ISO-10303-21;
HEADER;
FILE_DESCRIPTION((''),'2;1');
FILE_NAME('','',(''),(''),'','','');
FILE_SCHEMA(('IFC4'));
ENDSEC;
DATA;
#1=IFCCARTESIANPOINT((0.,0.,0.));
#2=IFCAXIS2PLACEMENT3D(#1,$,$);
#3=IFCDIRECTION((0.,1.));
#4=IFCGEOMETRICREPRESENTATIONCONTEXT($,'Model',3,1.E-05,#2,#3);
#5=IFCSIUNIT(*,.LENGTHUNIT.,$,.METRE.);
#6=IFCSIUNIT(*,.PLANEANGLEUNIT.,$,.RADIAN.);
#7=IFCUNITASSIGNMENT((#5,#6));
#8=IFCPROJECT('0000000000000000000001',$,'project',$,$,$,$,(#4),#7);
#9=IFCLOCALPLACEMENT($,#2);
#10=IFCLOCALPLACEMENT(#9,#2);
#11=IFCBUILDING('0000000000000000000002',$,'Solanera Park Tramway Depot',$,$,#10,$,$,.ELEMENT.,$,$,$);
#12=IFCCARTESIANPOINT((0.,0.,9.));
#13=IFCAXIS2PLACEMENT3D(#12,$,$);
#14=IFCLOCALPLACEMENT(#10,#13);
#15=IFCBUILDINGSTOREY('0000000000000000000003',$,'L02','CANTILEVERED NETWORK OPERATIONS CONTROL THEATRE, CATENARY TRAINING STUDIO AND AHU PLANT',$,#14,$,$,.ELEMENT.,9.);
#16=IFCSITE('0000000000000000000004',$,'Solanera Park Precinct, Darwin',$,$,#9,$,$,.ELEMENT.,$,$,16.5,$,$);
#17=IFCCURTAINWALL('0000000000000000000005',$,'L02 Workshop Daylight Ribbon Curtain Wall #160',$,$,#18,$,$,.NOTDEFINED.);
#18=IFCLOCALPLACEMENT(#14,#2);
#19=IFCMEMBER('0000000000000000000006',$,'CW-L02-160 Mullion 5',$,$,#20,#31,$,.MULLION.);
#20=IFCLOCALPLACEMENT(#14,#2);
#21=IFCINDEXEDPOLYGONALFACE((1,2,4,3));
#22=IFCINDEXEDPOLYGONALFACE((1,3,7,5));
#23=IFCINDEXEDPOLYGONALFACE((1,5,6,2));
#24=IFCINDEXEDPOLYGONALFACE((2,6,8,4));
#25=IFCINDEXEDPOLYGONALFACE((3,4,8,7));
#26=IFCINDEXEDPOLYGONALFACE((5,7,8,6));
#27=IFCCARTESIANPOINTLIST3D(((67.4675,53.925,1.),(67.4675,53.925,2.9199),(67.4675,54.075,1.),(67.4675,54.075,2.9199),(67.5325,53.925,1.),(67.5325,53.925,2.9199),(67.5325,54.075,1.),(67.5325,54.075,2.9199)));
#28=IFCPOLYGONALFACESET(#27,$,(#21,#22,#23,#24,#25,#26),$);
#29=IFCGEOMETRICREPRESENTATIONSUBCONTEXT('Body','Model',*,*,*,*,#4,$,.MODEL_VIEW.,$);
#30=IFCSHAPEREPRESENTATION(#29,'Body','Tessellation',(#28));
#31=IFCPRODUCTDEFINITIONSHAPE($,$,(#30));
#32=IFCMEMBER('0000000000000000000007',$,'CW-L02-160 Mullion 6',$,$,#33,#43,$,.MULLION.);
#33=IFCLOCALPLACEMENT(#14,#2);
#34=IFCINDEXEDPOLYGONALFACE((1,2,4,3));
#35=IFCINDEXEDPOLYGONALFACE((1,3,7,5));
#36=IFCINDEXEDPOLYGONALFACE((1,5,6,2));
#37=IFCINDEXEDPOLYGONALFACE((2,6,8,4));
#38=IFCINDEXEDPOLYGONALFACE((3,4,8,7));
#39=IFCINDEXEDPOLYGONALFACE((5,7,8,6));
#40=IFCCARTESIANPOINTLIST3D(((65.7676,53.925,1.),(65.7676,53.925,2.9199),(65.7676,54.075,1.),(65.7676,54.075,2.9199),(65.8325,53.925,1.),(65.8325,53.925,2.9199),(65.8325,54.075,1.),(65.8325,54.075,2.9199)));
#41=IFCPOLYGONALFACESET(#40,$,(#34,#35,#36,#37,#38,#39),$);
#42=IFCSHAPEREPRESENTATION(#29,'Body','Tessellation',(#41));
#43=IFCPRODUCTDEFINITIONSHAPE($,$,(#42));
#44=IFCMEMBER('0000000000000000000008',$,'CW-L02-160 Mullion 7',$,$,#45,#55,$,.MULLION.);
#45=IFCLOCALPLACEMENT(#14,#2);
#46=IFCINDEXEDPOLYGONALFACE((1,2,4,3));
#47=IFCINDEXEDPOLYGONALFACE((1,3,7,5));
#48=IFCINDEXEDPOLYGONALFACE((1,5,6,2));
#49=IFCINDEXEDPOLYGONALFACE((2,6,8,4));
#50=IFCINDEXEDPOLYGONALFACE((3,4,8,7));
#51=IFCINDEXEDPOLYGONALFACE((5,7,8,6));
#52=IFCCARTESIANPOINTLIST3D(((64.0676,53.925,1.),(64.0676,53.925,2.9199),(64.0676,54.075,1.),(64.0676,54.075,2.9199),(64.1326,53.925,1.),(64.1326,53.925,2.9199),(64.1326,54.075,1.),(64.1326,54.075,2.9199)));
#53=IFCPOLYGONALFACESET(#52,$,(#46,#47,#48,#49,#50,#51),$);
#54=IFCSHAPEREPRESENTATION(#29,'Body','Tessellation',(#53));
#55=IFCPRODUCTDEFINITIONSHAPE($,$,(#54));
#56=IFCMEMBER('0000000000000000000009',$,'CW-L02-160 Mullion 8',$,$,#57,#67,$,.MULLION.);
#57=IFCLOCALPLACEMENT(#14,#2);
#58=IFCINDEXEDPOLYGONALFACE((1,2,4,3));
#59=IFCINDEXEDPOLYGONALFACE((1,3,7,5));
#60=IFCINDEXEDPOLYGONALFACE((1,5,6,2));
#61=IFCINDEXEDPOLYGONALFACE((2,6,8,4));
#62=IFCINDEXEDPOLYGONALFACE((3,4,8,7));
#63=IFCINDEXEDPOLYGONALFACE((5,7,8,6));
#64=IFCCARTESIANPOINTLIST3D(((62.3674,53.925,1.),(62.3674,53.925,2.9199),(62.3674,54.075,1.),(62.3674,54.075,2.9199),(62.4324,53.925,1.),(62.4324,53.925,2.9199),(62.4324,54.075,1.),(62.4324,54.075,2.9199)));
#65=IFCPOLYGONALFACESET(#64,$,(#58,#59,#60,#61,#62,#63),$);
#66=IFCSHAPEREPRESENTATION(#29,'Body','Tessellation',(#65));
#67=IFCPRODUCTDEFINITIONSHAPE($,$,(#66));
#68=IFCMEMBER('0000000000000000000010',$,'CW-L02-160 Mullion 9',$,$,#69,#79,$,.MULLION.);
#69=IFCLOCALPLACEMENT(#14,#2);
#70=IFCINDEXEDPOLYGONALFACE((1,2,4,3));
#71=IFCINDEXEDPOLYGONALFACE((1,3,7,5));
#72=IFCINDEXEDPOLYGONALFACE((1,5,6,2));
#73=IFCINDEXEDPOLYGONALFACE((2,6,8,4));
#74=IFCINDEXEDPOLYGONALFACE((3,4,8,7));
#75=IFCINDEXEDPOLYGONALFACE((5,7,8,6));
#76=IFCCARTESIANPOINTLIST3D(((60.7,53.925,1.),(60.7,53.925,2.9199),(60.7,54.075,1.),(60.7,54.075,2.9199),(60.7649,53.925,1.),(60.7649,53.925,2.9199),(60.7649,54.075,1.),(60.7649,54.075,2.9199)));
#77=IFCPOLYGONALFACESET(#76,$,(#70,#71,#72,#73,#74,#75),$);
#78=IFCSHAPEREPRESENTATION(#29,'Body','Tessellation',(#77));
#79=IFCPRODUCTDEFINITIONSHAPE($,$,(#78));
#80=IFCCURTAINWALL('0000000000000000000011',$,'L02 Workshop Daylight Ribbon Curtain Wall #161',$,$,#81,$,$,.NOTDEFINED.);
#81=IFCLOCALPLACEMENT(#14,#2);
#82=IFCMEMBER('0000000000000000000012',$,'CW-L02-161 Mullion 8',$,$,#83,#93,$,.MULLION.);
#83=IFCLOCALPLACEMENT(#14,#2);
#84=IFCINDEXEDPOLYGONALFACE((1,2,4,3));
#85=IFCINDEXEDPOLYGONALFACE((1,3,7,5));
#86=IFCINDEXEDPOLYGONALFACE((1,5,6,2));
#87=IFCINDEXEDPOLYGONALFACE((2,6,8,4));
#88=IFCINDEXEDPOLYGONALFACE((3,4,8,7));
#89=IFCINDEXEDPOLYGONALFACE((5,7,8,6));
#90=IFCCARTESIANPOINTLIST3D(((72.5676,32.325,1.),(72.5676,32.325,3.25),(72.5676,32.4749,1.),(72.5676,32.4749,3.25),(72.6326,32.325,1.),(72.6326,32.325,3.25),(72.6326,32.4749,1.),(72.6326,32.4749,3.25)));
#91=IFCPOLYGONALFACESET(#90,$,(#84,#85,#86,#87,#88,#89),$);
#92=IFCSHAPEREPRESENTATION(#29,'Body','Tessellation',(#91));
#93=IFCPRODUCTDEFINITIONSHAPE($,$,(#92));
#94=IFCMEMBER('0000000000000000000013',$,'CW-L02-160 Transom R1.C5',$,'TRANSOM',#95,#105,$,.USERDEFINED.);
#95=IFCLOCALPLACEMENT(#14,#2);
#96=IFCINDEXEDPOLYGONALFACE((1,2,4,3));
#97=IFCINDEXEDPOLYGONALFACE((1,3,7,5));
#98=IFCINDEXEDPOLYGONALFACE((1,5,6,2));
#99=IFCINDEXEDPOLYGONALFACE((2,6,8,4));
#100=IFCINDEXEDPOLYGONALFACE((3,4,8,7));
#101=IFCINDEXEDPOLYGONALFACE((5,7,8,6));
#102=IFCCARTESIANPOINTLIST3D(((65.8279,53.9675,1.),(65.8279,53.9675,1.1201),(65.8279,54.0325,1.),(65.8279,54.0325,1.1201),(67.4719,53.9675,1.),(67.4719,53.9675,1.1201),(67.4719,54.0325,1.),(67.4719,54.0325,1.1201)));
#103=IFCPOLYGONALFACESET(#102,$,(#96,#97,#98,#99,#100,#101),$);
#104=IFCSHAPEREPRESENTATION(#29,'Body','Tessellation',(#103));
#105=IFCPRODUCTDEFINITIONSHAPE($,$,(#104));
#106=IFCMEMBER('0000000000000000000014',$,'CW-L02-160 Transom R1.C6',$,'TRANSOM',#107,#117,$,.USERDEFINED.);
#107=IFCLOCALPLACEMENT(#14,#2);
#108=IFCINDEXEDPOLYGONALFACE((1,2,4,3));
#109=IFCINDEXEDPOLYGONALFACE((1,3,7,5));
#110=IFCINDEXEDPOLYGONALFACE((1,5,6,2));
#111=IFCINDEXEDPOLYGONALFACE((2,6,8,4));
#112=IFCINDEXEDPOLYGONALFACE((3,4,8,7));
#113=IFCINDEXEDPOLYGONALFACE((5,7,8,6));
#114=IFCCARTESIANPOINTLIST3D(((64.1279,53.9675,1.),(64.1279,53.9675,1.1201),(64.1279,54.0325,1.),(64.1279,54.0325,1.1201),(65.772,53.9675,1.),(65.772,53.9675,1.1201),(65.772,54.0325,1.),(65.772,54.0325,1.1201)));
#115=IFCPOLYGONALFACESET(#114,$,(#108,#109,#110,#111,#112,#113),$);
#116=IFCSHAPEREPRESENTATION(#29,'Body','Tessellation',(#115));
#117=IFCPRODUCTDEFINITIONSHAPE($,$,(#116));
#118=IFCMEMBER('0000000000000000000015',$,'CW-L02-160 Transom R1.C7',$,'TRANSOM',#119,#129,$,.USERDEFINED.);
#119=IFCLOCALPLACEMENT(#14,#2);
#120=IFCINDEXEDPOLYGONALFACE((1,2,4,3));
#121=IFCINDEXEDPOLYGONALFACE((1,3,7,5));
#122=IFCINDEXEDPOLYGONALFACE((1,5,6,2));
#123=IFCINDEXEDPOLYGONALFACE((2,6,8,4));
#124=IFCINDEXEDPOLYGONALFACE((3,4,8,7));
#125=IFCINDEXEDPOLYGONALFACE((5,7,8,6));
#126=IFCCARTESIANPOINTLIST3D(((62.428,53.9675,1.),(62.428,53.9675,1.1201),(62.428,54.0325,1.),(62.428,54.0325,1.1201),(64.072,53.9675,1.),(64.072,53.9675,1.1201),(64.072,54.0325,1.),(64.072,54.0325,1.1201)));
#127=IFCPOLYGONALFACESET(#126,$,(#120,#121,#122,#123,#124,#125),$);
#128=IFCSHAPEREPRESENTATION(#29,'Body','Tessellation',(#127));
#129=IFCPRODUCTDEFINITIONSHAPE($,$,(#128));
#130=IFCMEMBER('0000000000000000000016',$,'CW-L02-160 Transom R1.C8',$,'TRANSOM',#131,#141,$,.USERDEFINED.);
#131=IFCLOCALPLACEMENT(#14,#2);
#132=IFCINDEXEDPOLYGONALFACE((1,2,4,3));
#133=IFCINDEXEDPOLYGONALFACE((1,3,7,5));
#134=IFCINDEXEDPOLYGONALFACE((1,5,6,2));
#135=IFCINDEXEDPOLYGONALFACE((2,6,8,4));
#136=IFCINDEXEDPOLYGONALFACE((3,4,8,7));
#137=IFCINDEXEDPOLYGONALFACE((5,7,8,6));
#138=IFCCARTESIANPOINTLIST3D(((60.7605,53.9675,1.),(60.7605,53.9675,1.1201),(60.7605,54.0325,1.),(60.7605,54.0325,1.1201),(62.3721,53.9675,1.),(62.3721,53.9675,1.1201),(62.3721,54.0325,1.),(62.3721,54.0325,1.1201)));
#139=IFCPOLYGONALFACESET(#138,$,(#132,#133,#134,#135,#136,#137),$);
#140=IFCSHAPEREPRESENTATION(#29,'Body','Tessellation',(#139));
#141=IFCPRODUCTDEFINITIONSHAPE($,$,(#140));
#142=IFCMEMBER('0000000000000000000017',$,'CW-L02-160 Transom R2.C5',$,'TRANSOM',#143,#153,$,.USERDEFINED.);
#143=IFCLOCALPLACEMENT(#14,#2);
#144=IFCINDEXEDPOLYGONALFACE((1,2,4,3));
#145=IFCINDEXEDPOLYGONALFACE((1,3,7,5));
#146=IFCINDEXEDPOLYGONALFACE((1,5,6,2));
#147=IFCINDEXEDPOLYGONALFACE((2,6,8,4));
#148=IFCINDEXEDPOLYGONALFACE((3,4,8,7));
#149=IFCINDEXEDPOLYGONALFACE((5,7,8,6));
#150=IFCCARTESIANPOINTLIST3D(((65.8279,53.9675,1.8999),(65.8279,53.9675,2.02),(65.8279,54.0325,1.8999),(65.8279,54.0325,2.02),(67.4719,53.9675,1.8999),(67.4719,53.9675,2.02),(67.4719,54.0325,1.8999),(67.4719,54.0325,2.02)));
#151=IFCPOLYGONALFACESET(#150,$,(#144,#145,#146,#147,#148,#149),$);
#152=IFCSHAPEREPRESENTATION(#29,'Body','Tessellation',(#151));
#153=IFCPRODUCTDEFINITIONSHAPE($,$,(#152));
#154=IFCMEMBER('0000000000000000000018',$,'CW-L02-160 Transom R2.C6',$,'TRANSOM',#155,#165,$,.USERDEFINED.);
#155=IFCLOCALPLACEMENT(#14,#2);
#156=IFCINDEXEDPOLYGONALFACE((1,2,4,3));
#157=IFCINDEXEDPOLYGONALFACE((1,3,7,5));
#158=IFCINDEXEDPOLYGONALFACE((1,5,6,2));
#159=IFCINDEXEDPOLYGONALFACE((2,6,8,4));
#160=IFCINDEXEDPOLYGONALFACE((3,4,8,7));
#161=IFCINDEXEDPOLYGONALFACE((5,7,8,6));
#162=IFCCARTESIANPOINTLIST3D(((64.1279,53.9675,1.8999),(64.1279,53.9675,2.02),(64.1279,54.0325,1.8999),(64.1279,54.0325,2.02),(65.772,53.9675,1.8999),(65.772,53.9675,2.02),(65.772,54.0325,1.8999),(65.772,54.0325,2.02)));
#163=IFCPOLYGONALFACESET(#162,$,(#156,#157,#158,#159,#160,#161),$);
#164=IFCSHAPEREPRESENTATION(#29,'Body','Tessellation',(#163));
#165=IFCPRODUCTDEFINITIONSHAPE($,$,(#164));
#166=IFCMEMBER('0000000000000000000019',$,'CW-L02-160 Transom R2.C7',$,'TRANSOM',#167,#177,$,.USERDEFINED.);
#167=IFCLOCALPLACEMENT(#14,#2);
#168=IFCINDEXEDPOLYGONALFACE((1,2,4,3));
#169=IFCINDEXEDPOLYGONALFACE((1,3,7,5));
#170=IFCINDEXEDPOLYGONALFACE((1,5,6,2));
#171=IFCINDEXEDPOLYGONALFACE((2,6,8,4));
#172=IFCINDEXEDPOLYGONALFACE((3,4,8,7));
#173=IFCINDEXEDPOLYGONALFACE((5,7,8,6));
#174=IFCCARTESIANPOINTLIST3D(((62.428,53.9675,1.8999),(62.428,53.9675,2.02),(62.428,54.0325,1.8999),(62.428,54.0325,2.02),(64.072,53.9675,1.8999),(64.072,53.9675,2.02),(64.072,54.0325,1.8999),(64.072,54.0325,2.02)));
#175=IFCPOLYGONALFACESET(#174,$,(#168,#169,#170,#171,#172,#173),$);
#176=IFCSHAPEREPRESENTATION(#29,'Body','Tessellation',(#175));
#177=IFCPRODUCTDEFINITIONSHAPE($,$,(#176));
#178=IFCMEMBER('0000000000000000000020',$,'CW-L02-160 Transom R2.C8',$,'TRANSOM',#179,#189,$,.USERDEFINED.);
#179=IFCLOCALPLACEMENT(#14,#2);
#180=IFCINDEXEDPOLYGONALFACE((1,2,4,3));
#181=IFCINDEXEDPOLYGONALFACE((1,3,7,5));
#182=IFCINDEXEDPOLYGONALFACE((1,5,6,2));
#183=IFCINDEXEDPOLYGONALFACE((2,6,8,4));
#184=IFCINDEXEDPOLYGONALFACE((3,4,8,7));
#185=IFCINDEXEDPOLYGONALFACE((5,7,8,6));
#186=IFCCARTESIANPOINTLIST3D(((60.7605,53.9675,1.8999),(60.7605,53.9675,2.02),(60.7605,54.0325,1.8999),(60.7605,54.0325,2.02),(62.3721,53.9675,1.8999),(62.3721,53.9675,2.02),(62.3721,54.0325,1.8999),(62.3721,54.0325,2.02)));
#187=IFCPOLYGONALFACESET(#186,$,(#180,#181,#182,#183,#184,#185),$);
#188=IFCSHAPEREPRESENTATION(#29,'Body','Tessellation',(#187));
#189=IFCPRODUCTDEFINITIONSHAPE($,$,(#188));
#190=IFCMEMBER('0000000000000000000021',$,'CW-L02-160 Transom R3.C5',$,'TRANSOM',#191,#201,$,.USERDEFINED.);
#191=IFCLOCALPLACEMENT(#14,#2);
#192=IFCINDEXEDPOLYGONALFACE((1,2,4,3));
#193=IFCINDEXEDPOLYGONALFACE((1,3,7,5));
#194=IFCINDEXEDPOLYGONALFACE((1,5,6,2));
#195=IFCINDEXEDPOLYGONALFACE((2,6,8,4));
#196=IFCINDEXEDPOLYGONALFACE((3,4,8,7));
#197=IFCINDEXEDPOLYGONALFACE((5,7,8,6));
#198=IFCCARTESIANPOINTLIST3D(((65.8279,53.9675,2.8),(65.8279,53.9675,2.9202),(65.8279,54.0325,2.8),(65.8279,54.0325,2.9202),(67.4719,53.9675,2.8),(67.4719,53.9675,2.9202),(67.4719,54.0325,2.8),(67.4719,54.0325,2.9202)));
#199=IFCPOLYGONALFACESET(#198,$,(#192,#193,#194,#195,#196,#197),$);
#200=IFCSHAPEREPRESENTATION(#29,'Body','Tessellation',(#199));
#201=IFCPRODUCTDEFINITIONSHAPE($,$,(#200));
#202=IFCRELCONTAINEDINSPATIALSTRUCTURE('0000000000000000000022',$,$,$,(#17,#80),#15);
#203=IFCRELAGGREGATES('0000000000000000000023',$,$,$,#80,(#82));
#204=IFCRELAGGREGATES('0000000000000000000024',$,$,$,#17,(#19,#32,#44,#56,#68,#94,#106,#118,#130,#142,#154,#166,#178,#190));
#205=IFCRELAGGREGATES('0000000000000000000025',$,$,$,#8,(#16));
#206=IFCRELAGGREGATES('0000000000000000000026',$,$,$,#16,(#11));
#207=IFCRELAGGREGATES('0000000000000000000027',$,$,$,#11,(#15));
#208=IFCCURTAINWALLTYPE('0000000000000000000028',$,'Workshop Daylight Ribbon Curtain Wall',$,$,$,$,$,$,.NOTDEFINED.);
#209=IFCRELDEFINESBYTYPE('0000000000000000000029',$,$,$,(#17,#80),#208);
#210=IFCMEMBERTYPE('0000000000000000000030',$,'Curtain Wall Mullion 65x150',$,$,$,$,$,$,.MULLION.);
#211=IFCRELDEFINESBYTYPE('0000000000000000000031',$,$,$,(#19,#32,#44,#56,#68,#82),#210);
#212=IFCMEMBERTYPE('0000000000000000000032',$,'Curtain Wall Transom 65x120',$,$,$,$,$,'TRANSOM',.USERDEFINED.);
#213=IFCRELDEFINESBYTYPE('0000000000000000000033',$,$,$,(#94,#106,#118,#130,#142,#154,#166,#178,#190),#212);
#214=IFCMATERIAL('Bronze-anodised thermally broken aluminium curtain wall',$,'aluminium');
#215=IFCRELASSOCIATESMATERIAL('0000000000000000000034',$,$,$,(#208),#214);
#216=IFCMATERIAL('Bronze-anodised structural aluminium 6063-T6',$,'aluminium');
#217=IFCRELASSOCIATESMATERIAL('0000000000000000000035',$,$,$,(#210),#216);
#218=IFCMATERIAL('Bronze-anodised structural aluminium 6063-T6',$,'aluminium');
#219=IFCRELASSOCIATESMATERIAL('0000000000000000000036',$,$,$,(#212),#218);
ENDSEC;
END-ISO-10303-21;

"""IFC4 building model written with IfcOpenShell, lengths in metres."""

from ifc_helpers import new_model, si_unit, direction, frame, origin, origin_2d, place, context, subcontext, project, spatial, rectangle, extrude, material, material_profile, profile_set, type_object, element, aggregate, save


model = new_model("IFC4")

# Units and contexts
model_context = context("Model", 3, precision=1e-05, world=origin(), true_north=direction((0.0, 1.0)))
body_context = subcontext(model_context, "Body", "Model", "MODEL_VIEW")
ifc_project = project(units=[si_unit("LENGTHUNIT", "METRE"), si_unit("PLANEANGLEUNIT", "RADIAN")], contexts=[model_context])

# Site, building, storey
site_placement = place(None, origin())
site = spatial("IfcSite", under=ifc_project, at=site_placement, Name="Solanera Park Precinct, Darwin", CompositionType="ELEMENT", RefElevation=16.5)
building_placement = place(site_placement, origin())
building = spatial("IfcBuilding", under=site, at=building_placement, Name="Solanera Park Tramway Depot", CompositionType="ELEMENT")
storey_placement = place(building_placement, frame((0.0, 0.0, 9.0)))
storey = spatial("IfcBuildingStorey", under=building, at=storey_placement, Name="L02", Description="CANTILEVERED NETWORK OPERATIONS CONTROL THEATRE, CATENARY TRAINING STUDIO AND AHU PLANT", CompositionType="ELEMENT", Elevation=9.0)

# Curtain wall, members
ifc_material_1 = material(Name="Bronze-anodised thermally broken aluminium curtain wall", Category="aluminium")
curtain_wall_type = type_object("IfcCurtainWallType", Name="Workshop Daylight Ribbon Curtain Wall", PredefinedType="NOTDEFINED", material=ifc_material_1)
curtain_wall_1_placement = place(storey_placement, origin())
curtain_wall_1 = element("IfcCurtainWall", 1, at=curtain_wall_1_placement, inside=storey, type_object=curtain_wall_type, Name="L02 Workshop Daylight Ribbon Curtain Wall #160", PredefinedType="NOTDEFINED")
ifc_material_2 = material(Name="Bronze-anodised structural aluminium 6063-T6", Category="aluminium")
ifc_material_profile_1 = material_profile(ifc_material_2, rectangle(XDim=0.0649, YDim=0.1499, at=origin_2d()), Name="Curtain Wall Mullion 65x150")
ifc_profile_set_1 = profile_set([ifc_material_profile_1], Name="Bronze-anodised structural aluminium 6063-T6")
member_type_1 = type_object("IfcMemberType", Name="Curtain Wall Mullion 65x150", PredefinedType="MULLION", material=ifc_profile_set_1)
member_1_placement = place(storey_placement, frame((67.5, 54.0, 1.0), z_axis=(0.0, 0.0, 1.0), x_axis=(1.0, 0.0, 0.0)))
member_1 = element("IfcMember", 2, at=member_1_placement, type_object=member_type_1, Name="CW-L02-160 Mullion 5", PredefinedType="MULLION", context=body_context, shape_type="SweptSolid", body=[
    extrude(rectangle(XDim=0.0649, YDim=0.1499, at=origin_2d()), origin(), (0.0, 0.0, 1.0), 1.9199),
])
member_2_placement = place(storey_placement, frame((65.8, 54.0, 1.0), z_axis=(0.0, 0.0, 1.0), x_axis=(1.0, 0.0, 0.0)))
member_2 = element("IfcMember", 3, at=member_2_placement, type_object=member_type_1, Name="CW-L02-160 Mullion 6", PredefinedType="MULLION", context=body_context, shape_type="SweptSolid", body=[
    extrude(rectangle(XDim=0.0649, YDim=0.1499, at=origin_2d()), origin(), (0.0, 0.0, 1.0), 1.9199),
])
member_3_placement = place(storey_placement, frame((64.1001, 54.0, 1.0), z_axis=(0.0, 0.0, 1.0), x_axis=(1.0, 0.0, 0.0)))
member_3 = element("IfcMember", 4, at=member_3_placement, type_object=member_type_1, Name="CW-L02-160 Mullion 7", PredefinedType="MULLION", context=body_context, shape_type="SweptSolid", body=[
    extrude(rectangle(XDim=0.0649, YDim=0.1499, at=origin_2d()), origin(), (0.0, 0.0, 1.0), 1.9199),
])
member_4_placement = place(storey_placement, frame((62.3999, 54.0, 1.0), z_axis=(0.0, 0.0, 1.0), x_axis=(1.0, 0.0, 0.0)))
member_4 = element("IfcMember", 5, at=member_4_placement, type_object=member_type_1, Name="CW-L02-160 Mullion 8", PredefinedType="MULLION", context=body_context, shape_type="SweptSolid", body=[
    extrude(rectangle(XDim=0.0649, YDim=0.1499, at=origin_2d()), origin(), (0.0, 0.0, 1.0), 1.9199),
])
member_5_placement = place(storey_placement, frame((60.7324, 54.0, 1.0), z_axis=(0.0, 0.0, 1.0), x_axis=(1.0, 0.0, 0.0)))
member_5 = element("IfcMember", 6, at=member_5_placement, type_object=member_type_1, Name="CW-L02-160 Mullion 9", PredefinedType="MULLION", context=body_context, shape_type="SweptSolid", body=[
    extrude(rectangle(XDim=0.0649, YDim=0.1499, at=origin_2d()), origin(), (0.0, 0.0, 1.0), 1.9199),
])

# Curtain wall, member
curtain_wall_2_placement = place(storey_placement, origin())
curtain_wall_2 = element("IfcCurtainWall", 7, at=curtain_wall_2_placement, inside=storey, type_object=curtain_wall_type, Name="L02 Workshop Daylight Ribbon Curtain Wall #161", PredefinedType="NOTDEFINED")
member_6_placement = place(storey_placement, frame((72.6001, 32.3999, 1.0), z_axis=(0.0, 0.0, 1.0), x_axis=(1.0, 0.0, 0.0)))
member_6 = element("IfcMember", 8, at=member_6_placement, type_object=member_type_1, Name="CW-L02-161 Mullion 8", PredefinedType="MULLION", context=body_context, shape_type="SweptSolid", body=[
    extrude(rectangle(XDim=0.0649, YDim=0.1499, at=origin_2d()), origin(), (0.0, 0.0, 1.0), 2.25),
])

# Members
ifc_material_3 = material(Name="Bronze-anodised structural aluminium 6063-T6", Category="aluminium")
ifc_material_profile_2 = material_profile(ifc_material_3, rectangle(XDim=0.0649, YDim=0.1201, at=origin_2d()), Name="Curtain Wall Transom 65x120")
ifc_profile_set_2 = profile_set([ifc_material_profile_2], Name="Bronze-anodised structural aluminium 6063-T6")
member_type_2 = type_object("IfcMemberType", Name="Curtain Wall Transom 65x120", ElementType="TRANSOM", PredefinedType="USERDEFINED", material=ifc_profile_set_2)
member_7_placement = place(storey_placement, frame((67.4719, 54.0, 1.0601), z_axis=(-1.0, 0.0, 0.0), x_axis=(0.0, -1.0, 0.0)))
member_7 = element("IfcMember", 9, at=member_7_placement, type_object=member_type_2, Name="CW-L02-160 Transom R1.C5", ObjectType="TRANSOM", PredefinedType="USERDEFINED", context=body_context, shape_type="SweptSolid", body=[
    extrude(rectangle(XDim=0.0649, YDim=0.1201, at=origin_2d()), origin(), (0.0, 0.0, 1.0), 1.644),
])
member_8_placement = place(storey_placement, frame((65.772, 54.0, 1.0601), z_axis=(-1.0, 0.0, 0.0), x_axis=(0.0, -1.0, 0.0)))
member_8 = element("IfcMember", 10, at=member_8_placement, type_object=member_type_2, Name="CW-L02-160 Transom R1.C6", ObjectType="TRANSOM", PredefinedType="USERDEFINED", context=body_context, shape_type="SweptSolid", body=[
    extrude(rectangle(XDim=0.0649, YDim=0.1201, at=origin_2d()), origin(), (0.0, 0.0, 1.0), 1.644),
])
member_9_placement = place(storey_placement, frame((64.072, 54.0, 1.0601), z_axis=(-1.0, 0.0, 0.0), x_axis=(0.0, -1.0, 0.0)))
member_9 = element("IfcMember", 11, at=member_9_placement, type_object=member_type_2, Name="CW-L02-160 Transom R1.C7", ObjectType="TRANSOM", PredefinedType="USERDEFINED", context=body_context, shape_type="SweptSolid", body=[
    extrude(rectangle(XDim=0.0649, YDim=0.1201, at=origin_2d()), origin(), (0.0, 0.0, 1.0), 1.644),
])
member_10_placement = place(storey_placement, frame((62.3721, 54.0, 1.0601), z_axis=(-1.0, 0.0, 0.0), x_axis=(0.0, -1.0, 0.0)))
member_10 = element("IfcMember", 12, at=member_10_placement, type_object=member_type_2, Name="CW-L02-160 Transom R1.C8", ObjectType="TRANSOM", PredefinedType="USERDEFINED", context=body_context, shape_type="SweptSolid", body=[
    extrude(rectangle(XDim=0.0649, YDim=0.1201, at=origin_2d()), origin(), (0.0, 0.0, 1.0), 1.6116),
])
member_11_placement = place(storey_placement, frame((67.4719, 54.0, 1.96), z_axis=(-1.0, 0.0, 0.0), x_axis=(0.0, -1.0, 0.0)))
member_11 = element("IfcMember", 13, at=member_11_placement, type_object=member_type_2, Name="CW-L02-160 Transom R2.C5", ObjectType="TRANSOM", PredefinedType="USERDEFINED", context=body_context, shape_type="SweptSolid", body=[
    extrude(rectangle(XDim=0.0649, YDim=0.1201, at=origin_2d()), origin(), (0.0, 0.0, 1.0), 1.644),
])
member_12_placement = place(storey_placement, frame((65.772, 54.0, 1.96), z_axis=(-1.0, 0.0, 0.0), x_axis=(0.0, -1.0, 0.0)))
member_12 = element("IfcMember", 14, at=member_12_placement, type_object=member_type_2, Name="CW-L02-160 Transom R2.C6", ObjectType="TRANSOM", PredefinedType="USERDEFINED", context=body_context, shape_type="SweptSolid", body=[
    extrude(rectangle(XDim=0.0649, YDim=0.1201, at=origin_2d()), origin(), (0.0, 0.0, 1.0), 1.644),
])
member_13_placement = place(storey_placement, frame((64.072, 54.0, 1.96), z_axis=(-1.0, 0.0, 0.0), x_axis=(0.0, -1.0, 0.0)))
member_13 = element("IfcMember", 15, at=member_13_placement, type_object=member_type_2, Name="CW-L02-160 Transom R2.C7", ObjectType="TRANSOM", PredefinedType="USERDEFINED", context=body_context, shape_type="SweptSolid", body=[
    extrude(rectangle(XDim=0.0649, YDim=0.1201, at=origin_2d()), origin(), (0.0, 0.0, 1.0), 1.644),
])
member_14_placement = place(storey_placement, frame((62.3721, 54.0, 1.96), z_axis=(-1.0, 0.0, 0.0), x_axis=(0.0, -1.0, 0.0)))
member_14 = element("IfcMember", 16, at=member_14_placement, type_object=member_type_2, Name="CW-L02-160 Transom R2.C8", ObjectType="TRANSOM", PredefinedType="USERDEFINED", context=body_context, shape_type="SweptSolid", body=[
    extrude(rectangle(XDim=0.0649, YDim=0.1201, at=origin_2d()), origin(), (0.0, 0.0, 1.0), 1.6116),
])
member_15_placement = place(storey_placement, frame((67.4719, 54.0, 2.8601), z_axis=(-1.0, 0.0, 0.0), x_axis=(0.0, -1.0, 0.0)))
member_15 = element("IfcMember", 17, at=member_15_placement, type_object=member_type_2, Name="CW-L02-160 Transom R3.C5", ObjectType="TRANSOM", PredefinedType="USERDEFINED", context=body_context, shape_type="SweptSolid", body=[
    extrude(rectangle(XDim=0.0649, YDim=0.1201, at=origin_2d()), origin(), (0.0, 0.0, 1.0), 1.644),
])
aggregate(curtain_wall_2, [member_6])

aggregate(curtain_wall_1, [member_1, member_2, member_3, member_4, member_5, member_7, member_8, member_9, member_10, member_11, member_12, member_13, member_14, member_15])

save(model, "model.ifc")
